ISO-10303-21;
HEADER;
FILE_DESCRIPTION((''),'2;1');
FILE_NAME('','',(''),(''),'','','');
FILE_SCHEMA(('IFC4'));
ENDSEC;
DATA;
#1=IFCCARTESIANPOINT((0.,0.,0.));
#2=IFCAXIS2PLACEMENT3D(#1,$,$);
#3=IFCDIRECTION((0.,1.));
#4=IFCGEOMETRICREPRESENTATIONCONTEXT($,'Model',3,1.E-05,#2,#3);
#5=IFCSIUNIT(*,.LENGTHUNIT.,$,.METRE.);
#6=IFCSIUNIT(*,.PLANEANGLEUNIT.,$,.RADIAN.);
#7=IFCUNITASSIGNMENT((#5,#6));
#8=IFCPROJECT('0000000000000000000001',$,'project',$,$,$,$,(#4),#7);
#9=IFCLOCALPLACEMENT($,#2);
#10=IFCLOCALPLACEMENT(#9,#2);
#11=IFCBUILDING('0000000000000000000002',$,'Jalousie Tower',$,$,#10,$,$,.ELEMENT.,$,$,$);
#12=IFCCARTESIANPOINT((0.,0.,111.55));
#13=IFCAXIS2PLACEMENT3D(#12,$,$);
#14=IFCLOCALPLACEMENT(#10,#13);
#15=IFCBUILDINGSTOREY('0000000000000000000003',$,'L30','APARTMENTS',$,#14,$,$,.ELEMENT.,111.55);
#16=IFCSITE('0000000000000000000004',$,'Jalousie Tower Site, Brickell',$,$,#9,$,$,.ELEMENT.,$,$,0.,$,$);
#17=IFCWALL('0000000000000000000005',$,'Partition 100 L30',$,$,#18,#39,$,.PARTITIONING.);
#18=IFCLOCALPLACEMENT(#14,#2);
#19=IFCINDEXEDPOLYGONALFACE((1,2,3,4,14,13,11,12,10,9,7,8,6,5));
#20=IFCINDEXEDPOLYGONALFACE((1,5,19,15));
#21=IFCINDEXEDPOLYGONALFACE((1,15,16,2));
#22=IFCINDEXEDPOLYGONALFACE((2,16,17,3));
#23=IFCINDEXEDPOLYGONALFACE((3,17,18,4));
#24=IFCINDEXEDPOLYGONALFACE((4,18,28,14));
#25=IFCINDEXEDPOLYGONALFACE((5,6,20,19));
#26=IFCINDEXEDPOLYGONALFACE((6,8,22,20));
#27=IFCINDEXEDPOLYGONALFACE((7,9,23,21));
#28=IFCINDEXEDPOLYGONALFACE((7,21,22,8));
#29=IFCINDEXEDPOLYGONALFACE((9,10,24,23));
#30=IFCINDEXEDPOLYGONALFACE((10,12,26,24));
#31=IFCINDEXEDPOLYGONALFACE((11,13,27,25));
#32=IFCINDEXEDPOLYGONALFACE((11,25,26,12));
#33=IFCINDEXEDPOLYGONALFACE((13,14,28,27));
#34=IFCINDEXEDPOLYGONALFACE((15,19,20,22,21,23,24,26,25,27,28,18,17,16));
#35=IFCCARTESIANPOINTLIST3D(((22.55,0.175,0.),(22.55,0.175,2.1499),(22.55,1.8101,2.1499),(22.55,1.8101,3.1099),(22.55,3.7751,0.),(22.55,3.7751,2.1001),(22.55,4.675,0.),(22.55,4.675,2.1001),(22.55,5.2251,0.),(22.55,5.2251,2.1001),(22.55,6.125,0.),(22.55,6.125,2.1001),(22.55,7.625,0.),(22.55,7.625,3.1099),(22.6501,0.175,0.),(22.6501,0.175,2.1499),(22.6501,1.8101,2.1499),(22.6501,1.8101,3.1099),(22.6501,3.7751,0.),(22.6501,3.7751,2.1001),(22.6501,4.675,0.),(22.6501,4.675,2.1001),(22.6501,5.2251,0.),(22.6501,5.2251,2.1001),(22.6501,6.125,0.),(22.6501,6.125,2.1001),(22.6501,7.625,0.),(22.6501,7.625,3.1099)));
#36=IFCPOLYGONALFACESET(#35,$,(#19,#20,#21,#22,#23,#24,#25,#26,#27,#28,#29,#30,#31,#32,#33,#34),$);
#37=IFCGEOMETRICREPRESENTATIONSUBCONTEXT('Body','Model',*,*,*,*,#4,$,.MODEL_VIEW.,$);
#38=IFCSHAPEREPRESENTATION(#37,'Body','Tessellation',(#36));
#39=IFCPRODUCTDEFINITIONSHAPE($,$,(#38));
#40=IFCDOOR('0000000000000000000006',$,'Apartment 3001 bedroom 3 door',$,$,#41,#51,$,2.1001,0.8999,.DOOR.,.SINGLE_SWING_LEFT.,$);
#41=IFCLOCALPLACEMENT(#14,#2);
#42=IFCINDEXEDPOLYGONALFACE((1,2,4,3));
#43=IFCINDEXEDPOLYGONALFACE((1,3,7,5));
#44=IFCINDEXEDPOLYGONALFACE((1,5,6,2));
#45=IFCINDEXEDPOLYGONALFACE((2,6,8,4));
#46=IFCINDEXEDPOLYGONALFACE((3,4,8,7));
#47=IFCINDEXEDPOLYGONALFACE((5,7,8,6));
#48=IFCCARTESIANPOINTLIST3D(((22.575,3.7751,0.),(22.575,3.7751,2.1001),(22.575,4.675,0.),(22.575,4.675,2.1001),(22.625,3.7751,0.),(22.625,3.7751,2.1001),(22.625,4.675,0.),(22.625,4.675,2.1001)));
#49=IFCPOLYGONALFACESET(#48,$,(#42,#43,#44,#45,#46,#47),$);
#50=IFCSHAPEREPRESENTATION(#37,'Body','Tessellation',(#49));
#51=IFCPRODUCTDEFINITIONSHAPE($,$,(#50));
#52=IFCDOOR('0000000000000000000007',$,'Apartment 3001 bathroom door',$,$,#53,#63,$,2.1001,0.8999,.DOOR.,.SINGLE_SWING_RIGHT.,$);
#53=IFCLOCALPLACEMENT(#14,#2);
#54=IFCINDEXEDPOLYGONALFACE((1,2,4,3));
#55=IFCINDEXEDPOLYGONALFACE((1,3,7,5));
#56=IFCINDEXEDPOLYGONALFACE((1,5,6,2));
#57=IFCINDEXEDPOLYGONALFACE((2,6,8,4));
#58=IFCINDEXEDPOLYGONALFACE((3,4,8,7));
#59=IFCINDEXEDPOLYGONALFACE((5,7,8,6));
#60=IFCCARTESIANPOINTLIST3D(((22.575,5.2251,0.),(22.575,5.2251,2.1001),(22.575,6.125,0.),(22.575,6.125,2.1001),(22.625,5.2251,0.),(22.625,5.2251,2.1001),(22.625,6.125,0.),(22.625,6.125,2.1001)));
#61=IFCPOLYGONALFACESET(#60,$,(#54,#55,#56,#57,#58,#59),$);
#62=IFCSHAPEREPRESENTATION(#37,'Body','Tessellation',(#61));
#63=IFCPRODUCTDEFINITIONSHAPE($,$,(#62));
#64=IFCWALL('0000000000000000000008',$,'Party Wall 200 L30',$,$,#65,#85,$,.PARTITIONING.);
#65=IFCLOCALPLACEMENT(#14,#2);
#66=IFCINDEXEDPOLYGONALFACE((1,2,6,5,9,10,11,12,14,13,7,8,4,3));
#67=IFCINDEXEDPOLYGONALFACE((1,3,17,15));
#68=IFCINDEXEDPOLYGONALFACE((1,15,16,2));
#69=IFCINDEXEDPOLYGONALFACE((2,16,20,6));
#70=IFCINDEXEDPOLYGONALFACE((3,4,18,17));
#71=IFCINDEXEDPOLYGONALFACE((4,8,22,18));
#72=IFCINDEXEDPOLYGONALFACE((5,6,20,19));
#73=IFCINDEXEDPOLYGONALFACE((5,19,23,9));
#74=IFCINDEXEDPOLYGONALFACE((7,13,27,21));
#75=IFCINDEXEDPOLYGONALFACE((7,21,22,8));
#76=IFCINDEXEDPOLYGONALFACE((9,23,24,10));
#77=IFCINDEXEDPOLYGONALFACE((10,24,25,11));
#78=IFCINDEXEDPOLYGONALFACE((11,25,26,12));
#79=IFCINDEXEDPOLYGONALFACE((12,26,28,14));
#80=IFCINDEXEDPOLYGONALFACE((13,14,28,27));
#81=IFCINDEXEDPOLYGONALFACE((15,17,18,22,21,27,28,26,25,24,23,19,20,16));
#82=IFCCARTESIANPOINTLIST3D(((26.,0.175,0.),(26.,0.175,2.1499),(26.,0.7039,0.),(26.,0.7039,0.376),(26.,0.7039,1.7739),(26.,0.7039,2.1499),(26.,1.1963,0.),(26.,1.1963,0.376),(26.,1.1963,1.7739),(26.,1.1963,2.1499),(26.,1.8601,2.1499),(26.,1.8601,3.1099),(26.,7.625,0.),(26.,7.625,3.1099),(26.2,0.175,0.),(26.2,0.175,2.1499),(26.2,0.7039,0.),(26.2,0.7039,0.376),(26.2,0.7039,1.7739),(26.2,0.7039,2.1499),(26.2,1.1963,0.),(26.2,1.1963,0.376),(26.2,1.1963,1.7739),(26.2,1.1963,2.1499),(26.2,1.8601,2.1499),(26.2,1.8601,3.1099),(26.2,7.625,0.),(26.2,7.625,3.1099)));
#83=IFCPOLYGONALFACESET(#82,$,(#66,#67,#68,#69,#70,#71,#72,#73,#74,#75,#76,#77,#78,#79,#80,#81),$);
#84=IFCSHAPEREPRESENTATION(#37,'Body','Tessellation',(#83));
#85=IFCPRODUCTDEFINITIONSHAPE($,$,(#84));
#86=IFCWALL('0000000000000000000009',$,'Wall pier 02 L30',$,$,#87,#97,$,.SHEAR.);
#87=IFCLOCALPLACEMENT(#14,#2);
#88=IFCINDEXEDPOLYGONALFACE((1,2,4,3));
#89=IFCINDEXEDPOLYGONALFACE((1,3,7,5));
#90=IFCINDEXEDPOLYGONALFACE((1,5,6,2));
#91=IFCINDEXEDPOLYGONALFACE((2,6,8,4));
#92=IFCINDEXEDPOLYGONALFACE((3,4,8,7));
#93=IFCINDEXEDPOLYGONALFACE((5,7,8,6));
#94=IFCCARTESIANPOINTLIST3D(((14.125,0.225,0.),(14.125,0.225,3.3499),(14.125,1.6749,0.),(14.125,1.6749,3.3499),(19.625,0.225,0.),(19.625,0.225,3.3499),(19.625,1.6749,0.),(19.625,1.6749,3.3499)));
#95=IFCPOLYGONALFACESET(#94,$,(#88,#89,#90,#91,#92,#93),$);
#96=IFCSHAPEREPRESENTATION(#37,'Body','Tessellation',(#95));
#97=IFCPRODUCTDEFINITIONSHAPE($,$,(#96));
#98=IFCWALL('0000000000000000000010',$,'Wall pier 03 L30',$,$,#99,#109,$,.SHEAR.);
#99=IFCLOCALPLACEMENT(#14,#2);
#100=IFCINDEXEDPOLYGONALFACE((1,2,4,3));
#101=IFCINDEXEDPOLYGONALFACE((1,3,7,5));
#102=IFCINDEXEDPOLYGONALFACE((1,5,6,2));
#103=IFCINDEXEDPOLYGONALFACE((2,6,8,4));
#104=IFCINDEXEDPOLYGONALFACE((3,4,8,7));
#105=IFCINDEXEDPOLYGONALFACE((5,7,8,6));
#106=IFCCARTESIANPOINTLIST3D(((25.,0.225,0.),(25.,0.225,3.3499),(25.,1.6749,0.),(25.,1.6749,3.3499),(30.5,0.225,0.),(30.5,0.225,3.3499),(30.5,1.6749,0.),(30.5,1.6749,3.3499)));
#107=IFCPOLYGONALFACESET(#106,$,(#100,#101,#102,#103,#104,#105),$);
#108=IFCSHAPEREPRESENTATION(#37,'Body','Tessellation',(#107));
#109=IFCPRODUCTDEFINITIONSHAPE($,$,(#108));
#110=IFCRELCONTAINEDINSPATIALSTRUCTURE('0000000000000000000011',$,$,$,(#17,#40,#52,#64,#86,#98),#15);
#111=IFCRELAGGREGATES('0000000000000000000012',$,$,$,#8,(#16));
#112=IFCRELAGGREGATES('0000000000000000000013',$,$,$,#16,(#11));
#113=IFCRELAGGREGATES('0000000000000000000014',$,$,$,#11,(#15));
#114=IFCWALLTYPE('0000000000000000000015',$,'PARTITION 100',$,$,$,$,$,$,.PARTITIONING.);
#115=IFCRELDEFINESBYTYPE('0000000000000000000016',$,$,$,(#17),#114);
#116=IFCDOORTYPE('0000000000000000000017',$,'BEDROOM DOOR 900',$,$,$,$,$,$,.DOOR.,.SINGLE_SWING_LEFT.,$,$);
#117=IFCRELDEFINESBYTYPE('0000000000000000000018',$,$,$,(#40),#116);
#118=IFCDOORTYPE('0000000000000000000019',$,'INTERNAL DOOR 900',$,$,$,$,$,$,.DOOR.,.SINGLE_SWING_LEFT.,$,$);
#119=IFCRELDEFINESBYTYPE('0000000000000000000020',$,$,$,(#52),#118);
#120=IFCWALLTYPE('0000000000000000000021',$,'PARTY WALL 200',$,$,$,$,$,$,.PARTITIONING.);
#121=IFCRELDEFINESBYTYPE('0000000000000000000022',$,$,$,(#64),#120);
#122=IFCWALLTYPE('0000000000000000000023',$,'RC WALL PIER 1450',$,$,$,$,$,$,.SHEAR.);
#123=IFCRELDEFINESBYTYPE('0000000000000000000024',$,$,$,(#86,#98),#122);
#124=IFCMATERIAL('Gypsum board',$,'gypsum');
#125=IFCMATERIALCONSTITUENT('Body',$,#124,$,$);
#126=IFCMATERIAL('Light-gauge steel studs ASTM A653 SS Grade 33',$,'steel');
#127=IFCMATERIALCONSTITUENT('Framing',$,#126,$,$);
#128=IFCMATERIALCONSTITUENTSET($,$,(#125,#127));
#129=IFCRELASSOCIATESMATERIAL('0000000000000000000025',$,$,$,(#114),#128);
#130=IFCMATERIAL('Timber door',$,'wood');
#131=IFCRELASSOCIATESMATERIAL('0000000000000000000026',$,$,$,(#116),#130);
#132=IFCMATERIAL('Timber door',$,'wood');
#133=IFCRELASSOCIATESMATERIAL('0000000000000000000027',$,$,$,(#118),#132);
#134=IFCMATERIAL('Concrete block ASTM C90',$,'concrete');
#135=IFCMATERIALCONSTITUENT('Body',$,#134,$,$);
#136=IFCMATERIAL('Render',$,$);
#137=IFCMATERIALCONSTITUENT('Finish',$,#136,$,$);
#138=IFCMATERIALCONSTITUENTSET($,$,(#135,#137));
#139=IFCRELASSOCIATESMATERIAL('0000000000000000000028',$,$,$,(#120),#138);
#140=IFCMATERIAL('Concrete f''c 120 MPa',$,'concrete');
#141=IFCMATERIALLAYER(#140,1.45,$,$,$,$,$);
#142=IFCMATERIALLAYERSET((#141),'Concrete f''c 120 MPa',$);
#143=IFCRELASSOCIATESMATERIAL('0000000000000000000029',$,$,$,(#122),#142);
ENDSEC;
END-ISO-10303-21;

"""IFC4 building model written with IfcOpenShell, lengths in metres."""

from ifc_helpers import new_model, si_unit, direction, frame, frame_2d, origin, place, context, subcontext, project, spatial, polyline, rectangle, outline, extrude, material, layer, layer_set, constituent, constituent_set, type_object, element, fill, save


model = new_model("IFC4")

# Units and contexts
model_context = context("Model", 3, precision=1e-05, world=origin(), true_north=direction((0.0, 1.0)))
body_context = subcontext(model_context, "Body", "Model", "MODEL_VIEW")
ifc_project = project(units=[si_unit("LENGTHUNIT", "METRE"), si_unit("PLANEANGLEUNIT", "RADIAN")], contexts=[model_context])

# Site, building, storey
site_placement = place(None, origin())
site = spatial("IfcSite", under=ifc_project, at=site_placement, Name="Jalousie Tower Site, Brickell", CompositionType="ELEMENT", RefElevation=0.0)
building_placement = place(site_placement, origin())
building = spatial("IfcBuilding", under=site, at=building_placement, Name="Jalousie Tower", CompositionType="ELEMENT")
storey_placement = place(building_placement, frame((0.0, 0.0, 111.55)))
storey = spatial("IfcBuildingStorey", under=building, at=storey_placement, Name="L30", Description="APARTMENTS", CompositionType="ELEMENT", Elevation=111.55)

# Shared definitions
ifc_material_1 = material(Name="Gypsum board", Category="gypsum")
ifc_constituent_1 = constituent(ifc_material_1, Name="Body")
ifc_material_2 = material(Name="Light-gauge steel studs ASTM A653 SS Grade 33", Category="steel")
ifc_constituent_2 = constituent(ifc_material_2, Name="Framing")
ifc_constituent_set_1 = constituent_set(constituents=[ifc_constituent_1, ifc_constituent_2])
wall_type_1 = type_object("IfcWallType", Name="PARTITION 100", PredefinedType="PARTITIONING", material=ifc_constituent_set_1)
ifc_material_3 = material(Name="Timber door", Category="wood")
door_type_1 = type_object("IfcDoorType", Name="BEDROOM DOOR 900", OperationType="SINGLE_SWING_LEFT", PredefinedType="DOOR", material=ifc_material_3)

# Wall, openings, doors
wall_1_placement = place(storey_placement, frame((22.6001, 0.175, 0.0), z_axis=(0.0, 0.0, 1.0), x_axis=(0.0, 1.0, 0.0)))
wall_1 = element("IfcWall", 1, at=wall_1_placement, inside=storey, type_object=wall_type_1, Name="Partition 100 L30", PredefinedType="PARTITIONING", context=body_context, shape_type="SweptSolid", body=[
    extrude(outline(polyline([(0.0, 0.0), (7.45, 0.0), (7.45, 3.1099), (1.635, 3.1099), (1.635, 2.1499), (0.0, 2.1499), (0.0, 3.1099), (0.0, 0.0)])), frame((0.0, 0.05, 0.0), z_axis=(0.0, -1.0, 0.0), x_axis=(1.0, 0.0, 0.0)), (0.0, 0.0, 1.0), 0.1001),
])
opening_1_placement = place(wall_1_placement, frame((3.6001, 0.0, 0.0)))
opening_1 = element("IfcOpeningElement", 2, at=opening_1_placement, cuts=wall_1, PredefinedType="OPENING", context=body_context, shape_type="SweptSolid", body=[
    extrude(rectangle(XDim=0.8999, YDim=2.1001, at=frame_2d((0.45, 1.05))), frame((0.0, 0.0601, 0.0), z_axis=(0.0, -1.0, 0.0), x_axis=(1.0, 0.0, 0.0)), (0.0, 0.0, 1.0), 0.1201),
])
opening_2_placement = place(wall_1_placement, frame((5.05, 0.0, 0.0)))
opening_2 = element("IfcOpeningElement", 3, at=opening_2_placement, cuts=wall_1, PredefinedType="OPENING", context=body_context, shape_type="SweptSolid", body=[
    extrude(rectangle(XDim=0.8999, YDim=2.1001, at=frame_2d((0.45, 1.05))), frame((0.0, 0.0601, 0.0), z_axis=(0.0, -1.0, 0.0), x_axis=(1.0, 0.0, 0.0)), (0.0, 0.0, 1.0), 0.1201),
])
door_1_placement = place(opening_1_placement, frame((0.8999, 0.0, 0.0), z_axis=(0.0, 0.0, 1.0), x_axis=(-1.0, 0.0, 0.0)))
door_1 = element("IfcDoor", 4, at=door_1_placement, inside=storey, type_object=door_type_1, Name="Apartment 3001 bedroom 3 door", OperationType="SINGLE_SWING_LEFT", OverallHeight=2.1001, OverallWidth=0.8999, PredefinedType="DOOR", context=body_context, shape_type="SweptSolid", body=[
    extrude(rectangle(XDim=0.8999, YDim=2.1001, at=frame_2d((0.45, 1.05))), frame((0.0, 0.0249, 0.0), z_axis=(0.0, -1.0, 0.0), x_axis=(1.0, 0.0, 0.0)), (0.0, 0.0, 1.0), 0.05),
])
fill(opening_1, door_1)
ifc_material_4 = material(Name="Timber door", Category="wood")
door_type_2 = type_object("IfcDoorType", Name="INTERNAL DOOR 900", OperationType="SINGLE_SWING_LEFT", PredefinedType="DOOR", material=ifc_material_4)
door_2_placement = place(opening_2_placement, frame((0.8999, 0.0, 0.0), z_axis=(0.0, 0.0, 1.0), x_axis=(-1.0, 0.0, 0.0)))
door_2 = element("IfcDoor", 5, at=door_2_placement, inside=storey, type_object=door_type_2, Name="Apartment 3001 bathroom door", OperationType="SINGLE_SWING_RIGHT", OverallHeight=2.1001, OverallWidth=0.8999, PredefinedType="DOOR", context=body_context, shape_type="SweptSolid", body=[
    extrude(rectangle(XDim=0.8999, YDim=2.1001, at=frame_2d((0.45, 1.05))), frame((0.0, 0.0249, 0.0), z_axis=(0.0, -1.0, 0.0), x_axis=(1.0, 0.0, 0.0)), (0.0, 0.0, 1.0), 0.05),
])
fill(opening_2, door_2)

# Walls
ifc_material_5 = material(Name="Concrete block ASTM C90", Category="concrete")
ifc_constituent_3 = constituent(ifc_material_5, Name="Body")
ifc_material_6 = material(Name="Render")
ifc_constituent_4 = constituent(ifc_material_6, Name="Finish")
ifc_constituent_set_2 = constituent_set(constituents=[ifc_constituent_3, ifc_constituent_4])
wall_type_2 = type_object("IfcWallType", Name="PARTY WALL 200", PredefinedType="PARTITIONING", material=ifc_constituent_set_2)
wall_2_placement = place(storey_placement, frame((26.1001, 0.175, 0.0), z_axis=(0.0, 0.0, 1.0), x_axis=(0.0, 1.0, 0.0)))
element("IfcWall", 6, at=wall_2_placement, inside=storey, type_object=wall_type_2, Name="Party Wall 200 L30", PredefinedType="PARTITIONING", context=body_context, shape_type="SweptSolid", body=[
    extrude(outline(polyline([(0.5288, 2.1499), (0.0, 2.1499), (0.0, 0.0), (0.5288, 0.0), (0.5288, 0.376), (1.0212, 0.376), (1.0212, 0.0), (7.45, 0.0), (7.45, 3.1099), (1.6851, 3.1099), (1.6851, 2.1499), (1.0212, 2.1499), (1.0212, 1.7739), (0.5288, 1.7739), (0.5288, 2.1499)])), frame((0.0, 0.1001, 0.0), z_axis=(0.0, -1.0, 0.0), x_axis=(1.0, 0.0, 0.0)), (0.0, 0.0, 1.0), 0.2),
])
ifc_material_7 = material(Name="Concrete f'c 120 MPa", Category="concrete")
ifc_layer_1 = layer(ifc_material_7, 1.45)
ifc_layer_set_1 = layer_set([ifc_layer_1], Name="Concrete f'c 120 MPa")
wall_type_3 = type_object("IfcWallType", Name="RC WALL PIER 1450", PredefinedType="SHEAR", material=ifc_layer_set_1)
for number, where, z_axis, x_axis, name in (
    (7, (14.125, 0.95, 0.0), (0.0, 0.0, 1.0), (1.0, 0.0, 0.0), "Wall pier 02 L30"),
    (8, (25.0, 0.95, 0.0), (0.0, 0.0, 1.0), (1.0, 0.0, 0.0), "Wall pier 03 L30"),
):
    element("IfcWall", number, at=place(storey_placement, frame(where, z_axis=z_axis, x_axis=x_axis)), inside=storey, type_object=wall_type_3, Name=name, PredefinedType="SHEAR", context=body_context, shape_type="SweptSolid", body=[
        extrude(rectangle(XDim=5.5, YDim=1.45, at=frame_2d((2.75, 0.0))), origin(), (0.0, 0.0, 1.0), 3.3499),
    ])

save(model, "model.ifc")
